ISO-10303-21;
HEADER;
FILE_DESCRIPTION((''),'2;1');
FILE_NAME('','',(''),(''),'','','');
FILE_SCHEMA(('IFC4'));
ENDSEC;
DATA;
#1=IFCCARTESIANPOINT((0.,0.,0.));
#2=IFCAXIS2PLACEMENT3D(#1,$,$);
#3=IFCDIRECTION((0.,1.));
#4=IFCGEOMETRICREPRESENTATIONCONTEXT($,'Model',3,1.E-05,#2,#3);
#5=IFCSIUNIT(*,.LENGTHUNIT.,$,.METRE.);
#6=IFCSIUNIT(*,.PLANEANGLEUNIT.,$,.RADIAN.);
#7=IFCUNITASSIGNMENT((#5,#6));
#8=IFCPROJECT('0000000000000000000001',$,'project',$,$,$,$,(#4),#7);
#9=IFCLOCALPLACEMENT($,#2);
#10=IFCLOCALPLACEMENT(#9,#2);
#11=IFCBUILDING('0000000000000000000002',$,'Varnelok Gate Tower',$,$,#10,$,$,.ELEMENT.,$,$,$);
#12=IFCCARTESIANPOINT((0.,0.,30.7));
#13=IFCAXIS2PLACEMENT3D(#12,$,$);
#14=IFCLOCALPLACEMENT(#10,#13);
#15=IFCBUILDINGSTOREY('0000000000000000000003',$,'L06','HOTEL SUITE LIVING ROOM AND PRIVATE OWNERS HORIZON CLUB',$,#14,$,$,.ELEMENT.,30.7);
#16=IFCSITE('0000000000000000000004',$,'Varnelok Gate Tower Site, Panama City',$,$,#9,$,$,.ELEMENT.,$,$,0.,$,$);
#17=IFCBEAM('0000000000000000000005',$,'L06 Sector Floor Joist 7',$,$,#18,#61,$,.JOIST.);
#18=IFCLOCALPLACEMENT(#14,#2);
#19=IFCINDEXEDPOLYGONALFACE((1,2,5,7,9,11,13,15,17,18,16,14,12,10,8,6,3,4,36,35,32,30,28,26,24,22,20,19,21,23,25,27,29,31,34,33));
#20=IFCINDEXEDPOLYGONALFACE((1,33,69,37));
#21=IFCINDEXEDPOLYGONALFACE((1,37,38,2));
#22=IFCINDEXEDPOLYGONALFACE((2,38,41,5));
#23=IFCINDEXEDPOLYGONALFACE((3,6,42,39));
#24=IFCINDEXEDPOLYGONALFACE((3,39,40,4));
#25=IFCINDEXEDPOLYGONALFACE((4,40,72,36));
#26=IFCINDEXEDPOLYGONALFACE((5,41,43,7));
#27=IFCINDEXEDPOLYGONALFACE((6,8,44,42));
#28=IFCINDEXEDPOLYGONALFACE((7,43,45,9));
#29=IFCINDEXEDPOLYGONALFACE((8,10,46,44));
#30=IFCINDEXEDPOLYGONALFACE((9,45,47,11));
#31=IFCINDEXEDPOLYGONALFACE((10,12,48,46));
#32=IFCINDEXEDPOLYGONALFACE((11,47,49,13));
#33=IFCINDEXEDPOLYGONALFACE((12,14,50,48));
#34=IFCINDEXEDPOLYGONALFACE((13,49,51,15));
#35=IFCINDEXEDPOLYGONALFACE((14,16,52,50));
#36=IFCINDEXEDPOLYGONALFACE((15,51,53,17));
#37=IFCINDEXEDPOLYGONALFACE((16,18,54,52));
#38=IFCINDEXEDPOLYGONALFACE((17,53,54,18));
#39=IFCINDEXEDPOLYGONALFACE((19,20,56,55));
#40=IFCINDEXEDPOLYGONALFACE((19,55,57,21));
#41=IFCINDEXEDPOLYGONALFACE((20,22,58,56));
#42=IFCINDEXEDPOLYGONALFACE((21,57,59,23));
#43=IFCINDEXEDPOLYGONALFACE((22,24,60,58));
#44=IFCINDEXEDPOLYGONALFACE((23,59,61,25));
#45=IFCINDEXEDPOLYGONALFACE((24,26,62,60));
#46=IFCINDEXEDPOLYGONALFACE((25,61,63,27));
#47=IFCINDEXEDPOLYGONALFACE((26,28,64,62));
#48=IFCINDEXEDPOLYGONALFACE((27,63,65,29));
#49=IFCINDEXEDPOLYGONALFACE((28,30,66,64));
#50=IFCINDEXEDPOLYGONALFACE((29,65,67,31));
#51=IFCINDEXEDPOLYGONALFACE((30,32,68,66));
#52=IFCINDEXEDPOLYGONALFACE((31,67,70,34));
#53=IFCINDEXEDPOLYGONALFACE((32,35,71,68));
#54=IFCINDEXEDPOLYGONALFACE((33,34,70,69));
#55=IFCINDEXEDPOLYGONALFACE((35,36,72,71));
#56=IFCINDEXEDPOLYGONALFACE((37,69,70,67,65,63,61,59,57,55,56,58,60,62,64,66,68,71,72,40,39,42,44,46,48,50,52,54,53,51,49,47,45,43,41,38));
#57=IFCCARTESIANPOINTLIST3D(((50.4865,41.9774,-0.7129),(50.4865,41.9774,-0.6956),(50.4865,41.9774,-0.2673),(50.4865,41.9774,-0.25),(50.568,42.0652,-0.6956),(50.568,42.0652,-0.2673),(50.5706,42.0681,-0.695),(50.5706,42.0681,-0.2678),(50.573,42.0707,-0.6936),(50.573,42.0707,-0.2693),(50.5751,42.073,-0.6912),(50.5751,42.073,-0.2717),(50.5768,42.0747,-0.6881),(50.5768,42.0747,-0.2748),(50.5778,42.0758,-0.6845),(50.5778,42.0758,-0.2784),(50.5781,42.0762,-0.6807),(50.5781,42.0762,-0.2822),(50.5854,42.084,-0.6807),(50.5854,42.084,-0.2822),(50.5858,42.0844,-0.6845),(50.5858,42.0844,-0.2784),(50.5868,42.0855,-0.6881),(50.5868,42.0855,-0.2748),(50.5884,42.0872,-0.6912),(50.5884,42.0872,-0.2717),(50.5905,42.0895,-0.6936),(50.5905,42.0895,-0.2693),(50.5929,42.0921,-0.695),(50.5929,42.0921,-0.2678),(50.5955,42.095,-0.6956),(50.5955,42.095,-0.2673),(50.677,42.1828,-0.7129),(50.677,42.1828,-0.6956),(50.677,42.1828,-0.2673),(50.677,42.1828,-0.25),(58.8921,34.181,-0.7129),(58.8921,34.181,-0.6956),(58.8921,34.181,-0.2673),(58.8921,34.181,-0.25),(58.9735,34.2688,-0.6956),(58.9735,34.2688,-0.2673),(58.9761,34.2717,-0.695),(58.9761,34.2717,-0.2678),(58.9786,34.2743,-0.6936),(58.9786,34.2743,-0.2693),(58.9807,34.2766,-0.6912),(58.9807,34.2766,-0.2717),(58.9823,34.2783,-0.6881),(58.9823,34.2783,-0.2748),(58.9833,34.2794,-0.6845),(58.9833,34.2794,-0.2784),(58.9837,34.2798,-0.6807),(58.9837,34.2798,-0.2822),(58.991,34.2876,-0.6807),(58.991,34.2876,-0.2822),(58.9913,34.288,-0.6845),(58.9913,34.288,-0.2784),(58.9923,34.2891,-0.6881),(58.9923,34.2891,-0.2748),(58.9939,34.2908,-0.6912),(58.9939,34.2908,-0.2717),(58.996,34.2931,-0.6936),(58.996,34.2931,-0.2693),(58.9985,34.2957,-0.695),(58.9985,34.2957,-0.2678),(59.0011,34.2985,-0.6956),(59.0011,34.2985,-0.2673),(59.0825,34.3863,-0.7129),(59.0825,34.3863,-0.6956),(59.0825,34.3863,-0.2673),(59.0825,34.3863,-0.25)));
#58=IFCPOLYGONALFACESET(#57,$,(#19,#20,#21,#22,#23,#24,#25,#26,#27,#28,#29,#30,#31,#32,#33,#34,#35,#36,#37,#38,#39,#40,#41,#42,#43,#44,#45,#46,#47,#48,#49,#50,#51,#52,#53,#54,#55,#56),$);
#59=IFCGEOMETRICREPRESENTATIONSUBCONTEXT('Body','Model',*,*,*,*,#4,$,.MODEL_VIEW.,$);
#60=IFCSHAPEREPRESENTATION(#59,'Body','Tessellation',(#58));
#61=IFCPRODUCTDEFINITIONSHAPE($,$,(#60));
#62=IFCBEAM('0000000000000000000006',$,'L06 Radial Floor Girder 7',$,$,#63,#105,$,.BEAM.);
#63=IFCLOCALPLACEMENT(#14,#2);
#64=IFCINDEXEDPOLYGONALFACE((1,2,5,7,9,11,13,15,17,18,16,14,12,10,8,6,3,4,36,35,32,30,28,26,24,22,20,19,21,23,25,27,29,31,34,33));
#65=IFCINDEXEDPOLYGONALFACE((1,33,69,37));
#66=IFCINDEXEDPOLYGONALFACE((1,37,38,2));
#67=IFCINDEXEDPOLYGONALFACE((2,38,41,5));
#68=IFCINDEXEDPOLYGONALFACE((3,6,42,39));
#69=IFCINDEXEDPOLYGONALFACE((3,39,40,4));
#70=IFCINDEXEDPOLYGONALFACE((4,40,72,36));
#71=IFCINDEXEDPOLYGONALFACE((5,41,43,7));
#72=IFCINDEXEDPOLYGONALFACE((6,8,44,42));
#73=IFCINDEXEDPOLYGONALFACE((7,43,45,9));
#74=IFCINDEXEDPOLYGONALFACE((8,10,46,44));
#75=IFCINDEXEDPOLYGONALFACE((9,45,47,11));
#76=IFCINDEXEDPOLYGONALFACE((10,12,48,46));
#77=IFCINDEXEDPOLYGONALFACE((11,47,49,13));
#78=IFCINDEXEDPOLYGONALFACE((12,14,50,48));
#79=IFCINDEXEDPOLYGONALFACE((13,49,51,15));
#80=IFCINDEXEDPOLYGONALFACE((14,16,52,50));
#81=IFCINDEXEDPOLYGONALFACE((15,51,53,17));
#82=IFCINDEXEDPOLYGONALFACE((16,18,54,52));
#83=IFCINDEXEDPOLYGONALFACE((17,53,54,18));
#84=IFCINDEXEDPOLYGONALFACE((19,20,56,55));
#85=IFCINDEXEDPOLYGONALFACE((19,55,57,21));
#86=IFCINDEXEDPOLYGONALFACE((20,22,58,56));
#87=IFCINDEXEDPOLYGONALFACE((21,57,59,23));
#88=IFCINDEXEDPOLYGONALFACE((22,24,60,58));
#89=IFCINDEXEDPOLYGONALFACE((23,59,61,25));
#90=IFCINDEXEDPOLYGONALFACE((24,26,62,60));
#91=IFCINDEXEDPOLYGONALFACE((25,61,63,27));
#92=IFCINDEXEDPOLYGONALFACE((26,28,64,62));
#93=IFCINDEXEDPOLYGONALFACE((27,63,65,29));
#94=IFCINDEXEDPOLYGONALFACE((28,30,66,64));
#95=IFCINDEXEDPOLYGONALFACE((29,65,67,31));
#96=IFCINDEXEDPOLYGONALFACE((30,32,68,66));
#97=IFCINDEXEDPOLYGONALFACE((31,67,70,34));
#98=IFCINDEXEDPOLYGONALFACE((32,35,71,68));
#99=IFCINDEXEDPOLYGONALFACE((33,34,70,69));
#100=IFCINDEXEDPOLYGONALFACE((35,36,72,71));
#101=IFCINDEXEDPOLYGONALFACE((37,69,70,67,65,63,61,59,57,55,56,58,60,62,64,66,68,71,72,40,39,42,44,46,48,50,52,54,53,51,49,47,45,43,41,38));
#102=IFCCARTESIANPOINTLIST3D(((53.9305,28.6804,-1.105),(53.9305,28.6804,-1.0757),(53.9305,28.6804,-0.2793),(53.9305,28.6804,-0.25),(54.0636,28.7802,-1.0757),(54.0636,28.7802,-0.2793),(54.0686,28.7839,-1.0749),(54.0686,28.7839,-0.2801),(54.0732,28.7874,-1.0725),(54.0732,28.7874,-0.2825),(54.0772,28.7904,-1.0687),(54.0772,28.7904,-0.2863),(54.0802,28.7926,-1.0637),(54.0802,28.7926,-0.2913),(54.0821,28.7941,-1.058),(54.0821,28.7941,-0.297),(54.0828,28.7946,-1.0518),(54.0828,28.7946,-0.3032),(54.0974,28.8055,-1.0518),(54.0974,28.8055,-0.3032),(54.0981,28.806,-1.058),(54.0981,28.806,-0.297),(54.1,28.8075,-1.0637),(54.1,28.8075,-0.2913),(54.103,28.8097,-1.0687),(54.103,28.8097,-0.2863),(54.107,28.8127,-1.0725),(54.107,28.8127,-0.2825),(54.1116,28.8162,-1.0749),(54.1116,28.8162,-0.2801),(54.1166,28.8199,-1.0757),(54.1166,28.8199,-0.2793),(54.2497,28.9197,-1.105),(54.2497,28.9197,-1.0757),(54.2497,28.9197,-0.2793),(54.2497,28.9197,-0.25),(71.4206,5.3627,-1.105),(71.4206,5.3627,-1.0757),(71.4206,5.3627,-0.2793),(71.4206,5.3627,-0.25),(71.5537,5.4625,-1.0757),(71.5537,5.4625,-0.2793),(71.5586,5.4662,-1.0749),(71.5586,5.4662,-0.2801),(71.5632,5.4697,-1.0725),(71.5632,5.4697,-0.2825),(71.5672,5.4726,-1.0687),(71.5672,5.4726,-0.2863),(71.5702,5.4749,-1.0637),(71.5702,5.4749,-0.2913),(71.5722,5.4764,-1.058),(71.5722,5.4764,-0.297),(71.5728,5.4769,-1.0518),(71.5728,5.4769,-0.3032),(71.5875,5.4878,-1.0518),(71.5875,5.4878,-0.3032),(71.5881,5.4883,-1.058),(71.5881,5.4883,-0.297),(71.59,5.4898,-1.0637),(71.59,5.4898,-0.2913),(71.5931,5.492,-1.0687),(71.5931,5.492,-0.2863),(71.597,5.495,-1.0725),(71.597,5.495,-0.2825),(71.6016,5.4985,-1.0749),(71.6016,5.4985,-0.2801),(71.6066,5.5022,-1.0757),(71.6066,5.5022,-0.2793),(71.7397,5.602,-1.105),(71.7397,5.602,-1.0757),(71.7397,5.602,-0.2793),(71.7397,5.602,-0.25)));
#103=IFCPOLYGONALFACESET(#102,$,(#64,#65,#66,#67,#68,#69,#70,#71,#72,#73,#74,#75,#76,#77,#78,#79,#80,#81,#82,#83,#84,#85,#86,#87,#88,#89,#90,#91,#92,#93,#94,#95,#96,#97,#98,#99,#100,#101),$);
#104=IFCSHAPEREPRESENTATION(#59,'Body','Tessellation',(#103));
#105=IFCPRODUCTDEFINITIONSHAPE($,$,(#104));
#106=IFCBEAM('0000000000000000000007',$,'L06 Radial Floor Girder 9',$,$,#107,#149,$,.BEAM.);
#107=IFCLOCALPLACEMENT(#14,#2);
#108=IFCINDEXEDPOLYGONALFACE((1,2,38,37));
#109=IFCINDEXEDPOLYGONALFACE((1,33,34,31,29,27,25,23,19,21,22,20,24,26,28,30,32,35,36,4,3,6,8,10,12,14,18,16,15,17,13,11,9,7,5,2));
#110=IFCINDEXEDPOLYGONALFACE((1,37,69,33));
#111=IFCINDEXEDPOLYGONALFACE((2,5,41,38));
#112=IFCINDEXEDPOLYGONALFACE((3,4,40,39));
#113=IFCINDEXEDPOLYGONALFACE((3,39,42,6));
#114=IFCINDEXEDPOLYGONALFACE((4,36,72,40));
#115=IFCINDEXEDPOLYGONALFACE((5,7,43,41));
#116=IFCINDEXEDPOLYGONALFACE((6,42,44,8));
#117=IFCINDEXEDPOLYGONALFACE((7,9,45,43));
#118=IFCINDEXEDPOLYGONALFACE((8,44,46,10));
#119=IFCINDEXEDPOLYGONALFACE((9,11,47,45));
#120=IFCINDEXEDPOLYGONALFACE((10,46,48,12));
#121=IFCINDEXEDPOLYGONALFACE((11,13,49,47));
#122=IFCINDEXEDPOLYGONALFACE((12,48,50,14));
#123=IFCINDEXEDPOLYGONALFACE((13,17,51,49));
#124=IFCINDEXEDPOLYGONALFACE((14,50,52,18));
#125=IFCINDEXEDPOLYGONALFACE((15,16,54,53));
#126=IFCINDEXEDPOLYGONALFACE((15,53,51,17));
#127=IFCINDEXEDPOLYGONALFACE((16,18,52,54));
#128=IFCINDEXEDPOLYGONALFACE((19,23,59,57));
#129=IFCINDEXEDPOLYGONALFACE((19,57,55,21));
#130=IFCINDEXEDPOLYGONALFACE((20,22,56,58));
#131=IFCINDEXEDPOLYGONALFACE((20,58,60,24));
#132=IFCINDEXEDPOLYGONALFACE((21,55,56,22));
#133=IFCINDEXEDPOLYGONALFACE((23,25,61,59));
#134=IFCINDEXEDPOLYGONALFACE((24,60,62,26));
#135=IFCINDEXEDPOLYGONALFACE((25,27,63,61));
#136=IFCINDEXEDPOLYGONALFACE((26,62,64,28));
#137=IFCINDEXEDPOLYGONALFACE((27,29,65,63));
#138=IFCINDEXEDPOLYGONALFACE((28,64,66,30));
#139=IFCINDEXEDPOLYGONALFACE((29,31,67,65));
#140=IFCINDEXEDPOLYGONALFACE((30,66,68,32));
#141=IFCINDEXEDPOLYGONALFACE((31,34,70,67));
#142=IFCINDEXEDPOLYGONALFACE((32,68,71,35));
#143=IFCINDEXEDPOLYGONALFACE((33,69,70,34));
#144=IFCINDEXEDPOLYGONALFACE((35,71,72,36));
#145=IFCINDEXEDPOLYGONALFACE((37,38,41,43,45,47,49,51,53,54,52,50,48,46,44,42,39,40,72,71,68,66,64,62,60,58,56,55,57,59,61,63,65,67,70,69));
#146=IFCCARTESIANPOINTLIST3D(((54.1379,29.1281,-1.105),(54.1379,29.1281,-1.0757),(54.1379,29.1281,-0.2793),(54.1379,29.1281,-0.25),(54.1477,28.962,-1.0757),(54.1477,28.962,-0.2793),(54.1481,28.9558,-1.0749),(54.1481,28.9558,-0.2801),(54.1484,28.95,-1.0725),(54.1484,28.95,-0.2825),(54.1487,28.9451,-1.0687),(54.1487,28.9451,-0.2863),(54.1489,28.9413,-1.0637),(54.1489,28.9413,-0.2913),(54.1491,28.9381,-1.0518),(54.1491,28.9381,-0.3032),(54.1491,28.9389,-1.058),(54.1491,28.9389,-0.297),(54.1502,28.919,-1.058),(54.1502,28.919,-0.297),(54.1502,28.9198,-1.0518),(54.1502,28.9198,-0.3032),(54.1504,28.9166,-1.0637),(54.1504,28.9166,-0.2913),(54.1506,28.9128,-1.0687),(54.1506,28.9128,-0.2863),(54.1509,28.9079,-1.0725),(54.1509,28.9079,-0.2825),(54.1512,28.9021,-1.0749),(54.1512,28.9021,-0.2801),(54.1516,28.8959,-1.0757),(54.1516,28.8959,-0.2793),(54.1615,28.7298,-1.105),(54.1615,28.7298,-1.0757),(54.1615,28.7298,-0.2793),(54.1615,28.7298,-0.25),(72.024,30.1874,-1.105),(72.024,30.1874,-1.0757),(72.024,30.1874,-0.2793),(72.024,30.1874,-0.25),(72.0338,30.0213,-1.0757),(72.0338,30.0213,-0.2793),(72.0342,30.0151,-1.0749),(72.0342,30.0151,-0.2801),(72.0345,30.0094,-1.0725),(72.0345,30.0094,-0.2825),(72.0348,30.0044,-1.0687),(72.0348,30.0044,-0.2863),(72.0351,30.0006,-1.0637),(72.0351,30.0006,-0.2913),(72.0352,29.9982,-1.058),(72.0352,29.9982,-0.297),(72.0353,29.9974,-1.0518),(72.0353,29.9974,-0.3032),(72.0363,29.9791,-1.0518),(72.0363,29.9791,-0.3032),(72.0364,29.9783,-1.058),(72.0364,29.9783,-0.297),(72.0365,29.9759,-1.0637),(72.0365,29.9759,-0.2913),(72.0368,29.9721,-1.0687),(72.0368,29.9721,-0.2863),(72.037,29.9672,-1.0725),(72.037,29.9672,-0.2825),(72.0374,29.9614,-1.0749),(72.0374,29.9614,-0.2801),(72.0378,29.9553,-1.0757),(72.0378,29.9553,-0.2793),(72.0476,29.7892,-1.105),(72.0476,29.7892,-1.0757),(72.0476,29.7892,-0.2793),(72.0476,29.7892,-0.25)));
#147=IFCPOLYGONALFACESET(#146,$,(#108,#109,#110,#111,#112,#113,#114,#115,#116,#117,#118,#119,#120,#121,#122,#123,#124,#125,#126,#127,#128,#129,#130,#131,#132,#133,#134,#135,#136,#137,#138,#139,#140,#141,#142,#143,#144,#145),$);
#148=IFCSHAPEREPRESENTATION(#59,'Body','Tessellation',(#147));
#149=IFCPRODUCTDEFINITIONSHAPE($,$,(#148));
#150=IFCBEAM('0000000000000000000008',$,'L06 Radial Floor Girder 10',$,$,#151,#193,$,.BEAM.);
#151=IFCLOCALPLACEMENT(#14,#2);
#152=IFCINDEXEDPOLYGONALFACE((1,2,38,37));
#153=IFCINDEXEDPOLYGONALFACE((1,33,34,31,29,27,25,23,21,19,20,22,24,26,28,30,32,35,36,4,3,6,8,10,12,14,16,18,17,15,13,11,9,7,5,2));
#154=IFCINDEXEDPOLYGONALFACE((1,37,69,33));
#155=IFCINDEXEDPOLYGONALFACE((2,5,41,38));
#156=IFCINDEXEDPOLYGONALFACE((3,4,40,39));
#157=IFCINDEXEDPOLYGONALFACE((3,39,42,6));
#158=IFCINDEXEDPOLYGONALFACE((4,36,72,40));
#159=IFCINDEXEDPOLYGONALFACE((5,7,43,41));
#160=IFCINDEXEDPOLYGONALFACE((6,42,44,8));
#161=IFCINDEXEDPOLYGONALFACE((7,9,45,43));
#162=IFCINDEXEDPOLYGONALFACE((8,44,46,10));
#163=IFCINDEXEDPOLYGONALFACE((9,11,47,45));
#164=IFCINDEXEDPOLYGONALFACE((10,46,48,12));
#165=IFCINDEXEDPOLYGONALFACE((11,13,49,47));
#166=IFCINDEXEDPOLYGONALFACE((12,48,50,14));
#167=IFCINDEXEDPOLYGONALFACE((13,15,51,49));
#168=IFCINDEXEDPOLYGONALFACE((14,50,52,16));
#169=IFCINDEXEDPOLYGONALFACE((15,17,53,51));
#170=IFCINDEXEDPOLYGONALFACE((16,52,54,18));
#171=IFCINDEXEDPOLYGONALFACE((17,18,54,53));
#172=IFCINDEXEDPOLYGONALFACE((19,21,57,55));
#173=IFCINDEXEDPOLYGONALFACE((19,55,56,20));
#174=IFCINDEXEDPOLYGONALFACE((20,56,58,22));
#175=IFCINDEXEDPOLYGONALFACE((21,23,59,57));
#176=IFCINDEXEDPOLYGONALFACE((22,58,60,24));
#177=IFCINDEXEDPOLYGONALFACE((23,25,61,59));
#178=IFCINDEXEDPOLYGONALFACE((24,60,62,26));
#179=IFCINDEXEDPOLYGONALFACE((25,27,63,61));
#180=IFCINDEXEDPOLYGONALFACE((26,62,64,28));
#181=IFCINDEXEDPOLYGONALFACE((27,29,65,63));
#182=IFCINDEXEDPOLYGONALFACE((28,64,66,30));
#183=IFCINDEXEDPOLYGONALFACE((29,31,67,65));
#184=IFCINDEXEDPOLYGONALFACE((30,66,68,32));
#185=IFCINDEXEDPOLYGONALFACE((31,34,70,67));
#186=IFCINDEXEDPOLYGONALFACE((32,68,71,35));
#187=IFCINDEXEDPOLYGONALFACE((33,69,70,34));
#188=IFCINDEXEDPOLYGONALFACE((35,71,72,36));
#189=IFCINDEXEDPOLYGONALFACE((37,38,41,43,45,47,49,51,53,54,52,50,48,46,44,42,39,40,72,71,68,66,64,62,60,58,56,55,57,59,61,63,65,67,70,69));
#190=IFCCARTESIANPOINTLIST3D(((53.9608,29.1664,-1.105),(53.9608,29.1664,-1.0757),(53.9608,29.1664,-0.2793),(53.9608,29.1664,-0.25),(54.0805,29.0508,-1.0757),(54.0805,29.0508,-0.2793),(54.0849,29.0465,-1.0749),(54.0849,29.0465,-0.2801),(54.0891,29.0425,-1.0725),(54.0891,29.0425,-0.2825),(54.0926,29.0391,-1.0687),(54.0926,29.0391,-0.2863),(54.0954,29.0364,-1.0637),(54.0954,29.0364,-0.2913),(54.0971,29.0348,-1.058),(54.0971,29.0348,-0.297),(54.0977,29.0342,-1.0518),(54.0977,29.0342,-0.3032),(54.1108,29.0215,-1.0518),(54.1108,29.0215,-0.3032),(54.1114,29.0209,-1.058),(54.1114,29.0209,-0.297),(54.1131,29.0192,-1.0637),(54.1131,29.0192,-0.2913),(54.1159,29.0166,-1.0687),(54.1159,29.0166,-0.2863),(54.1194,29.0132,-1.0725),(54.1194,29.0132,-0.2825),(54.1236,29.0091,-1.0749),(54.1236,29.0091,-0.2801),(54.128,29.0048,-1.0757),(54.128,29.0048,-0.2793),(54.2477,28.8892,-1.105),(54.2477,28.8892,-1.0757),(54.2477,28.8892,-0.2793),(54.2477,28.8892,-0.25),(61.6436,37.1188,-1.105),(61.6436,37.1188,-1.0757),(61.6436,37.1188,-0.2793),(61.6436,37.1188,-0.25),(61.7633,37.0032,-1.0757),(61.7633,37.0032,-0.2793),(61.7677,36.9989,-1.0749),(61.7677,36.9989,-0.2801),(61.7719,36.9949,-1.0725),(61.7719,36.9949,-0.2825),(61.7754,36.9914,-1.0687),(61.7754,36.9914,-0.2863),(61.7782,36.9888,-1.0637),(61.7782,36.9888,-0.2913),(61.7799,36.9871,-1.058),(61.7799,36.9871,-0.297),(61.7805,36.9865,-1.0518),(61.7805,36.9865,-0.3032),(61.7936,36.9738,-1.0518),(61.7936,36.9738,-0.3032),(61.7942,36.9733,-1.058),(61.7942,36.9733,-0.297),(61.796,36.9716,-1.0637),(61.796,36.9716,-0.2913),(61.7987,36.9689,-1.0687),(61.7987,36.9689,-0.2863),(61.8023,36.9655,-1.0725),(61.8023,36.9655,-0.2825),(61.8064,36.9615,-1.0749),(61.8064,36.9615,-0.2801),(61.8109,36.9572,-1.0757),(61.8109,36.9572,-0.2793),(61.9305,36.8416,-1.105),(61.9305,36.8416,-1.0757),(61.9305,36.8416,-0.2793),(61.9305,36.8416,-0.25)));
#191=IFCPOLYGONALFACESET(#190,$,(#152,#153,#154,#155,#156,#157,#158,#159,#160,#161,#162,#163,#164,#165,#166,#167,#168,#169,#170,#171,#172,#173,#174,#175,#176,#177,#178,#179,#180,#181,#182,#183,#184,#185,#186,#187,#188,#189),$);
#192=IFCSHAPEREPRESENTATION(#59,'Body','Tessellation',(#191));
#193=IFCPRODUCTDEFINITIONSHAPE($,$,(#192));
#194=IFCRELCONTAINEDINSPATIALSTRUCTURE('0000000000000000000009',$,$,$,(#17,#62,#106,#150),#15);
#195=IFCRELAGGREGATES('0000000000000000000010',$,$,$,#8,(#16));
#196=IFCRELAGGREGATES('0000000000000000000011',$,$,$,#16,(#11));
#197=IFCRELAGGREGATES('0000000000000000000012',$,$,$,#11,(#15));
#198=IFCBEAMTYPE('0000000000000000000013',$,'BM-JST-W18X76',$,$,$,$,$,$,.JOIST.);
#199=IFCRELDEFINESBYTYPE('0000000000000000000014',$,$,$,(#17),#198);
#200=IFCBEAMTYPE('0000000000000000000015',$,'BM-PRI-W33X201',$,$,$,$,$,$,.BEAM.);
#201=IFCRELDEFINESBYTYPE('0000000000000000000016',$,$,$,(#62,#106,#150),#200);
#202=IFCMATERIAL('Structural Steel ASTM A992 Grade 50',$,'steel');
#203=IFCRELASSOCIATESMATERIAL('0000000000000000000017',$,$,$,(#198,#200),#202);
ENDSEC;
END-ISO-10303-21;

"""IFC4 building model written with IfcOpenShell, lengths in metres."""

from ifc_helpers import new_model, si_unit, direction, frame, origin, origin_2d, place, context, subcontext, project, spatial, i_section, extrude, material, material_profile, profile_set, type_object, element, save


model = new_model("IFC4")

# Units and contexts
model_context = context("Model", 3, precision=1e-05, world=origin(), true_north=direction((0.0, 1.0)))
body_context = subcontext(model_context, "Body", "Model", "MODEL_VIEW")
ifc_project = project(units=[si_unit("LENGTHUNIT", "METRE"), si_unit("PLANEANGLEUNIT", "RADIAN")], contexts=[model_context])

# Site, building, storey
site_placement = place(None, origin())
site = spatial("IfcSite", under=ifc_project, at=site_placement, Name="Varnelok Gate Tower Site, Panama City", CompositionType="ELEMENT", RefElevation=0.0)
building_placement = place(site_placement, origin())
building = spatial("IfcBuilding", under=site, at=building_placement, Name="Varnelok Gate Tower", CompositionType="ELEMENT")
storey_placement = place(building_placement, frame((0.0, 0.0, 30.7)))
storey = spatial("IfcBuildingStorey", under=building, at=storey_placement, Name="L06", Description="HOTEL SUITE LIVING ROOM AND PRIVATE OWNERS HORIZON CLUB", CompositionType="ELEMENT", Elevation=30.7)

# Shared definitions
ifc_material_1 = material(Name="Structural Steel ASTM A992 Grade 50", Category="steel")

# Beams
ifc_material_profile_1 = material_profile(ifc_material_1, i_section(OverallWidth=0.28, OverallDepth=0.4629, WebThickness=0.0107, FlangeThickness=0.0173, FilletRadius=0.0149, at=origin_2d()), Name="W18X76")
ifc_profile_set_1 = profile_set([ifc_material_profile_1], Name="Structural Steel ASTM A992 Grade 50")
beam_type_1 = type_object("IfcBeamType", Name="BM-JST-W18X76", PredefinedType="JOIST", material=ifc_profile_set_1)
beam_1_placement = place(storey_placement, frame((58.9873, 34.2837, -0.4814), z_axis=(-0.733173, 0.680042, 0.0), x_axis=(-0.680042, -0.733173, 0.0)))
element("IfcBeam", 1, at=beam_1_placement, inside=storey, type_object=beam_type_1, Name="L06 Sector Floor Joist 7", PredefinedType="JOIST", context=body_context, shape_type="SweptSolid", body=[
    extrude(i_section(OverallWidth=0.28, OverallDepth=0.4629, WebThickness=0.0107, FlangeThickness=0.0173, FilletRadius=0.0149, at=origin_2d()), origin(), (0.0, 0.0, 1.0), 11.4646),
])
ifc_material_profile_2 = material_profile(ifc_material_1, i_section(OverallWidth=0.3989, OverallDepth=0.855, WebThickness=0.0183, FlangeThickness=0.0293, FilletRadius=0.0239, at=origin_2d()), Name="W33X201")
ifc_profile_set_2 = profile_set([ifc_material_profile_2], Name="Structural Steel ASTM A992 Grade 50")
beam_type_2 = type_object("IfcBeamType", Name="BM-PRI-W33X201", PredefinedType="BEAM", material=ifc_profile_set_2)
beam_2_placement = place(storey_placement, frame((54.0901, 28.8, -0.6775), z_axis=(0.600039, -0.799971, 0.0), x_axis=(0.799971, 0.600039, 0.0)))
element("IfcBeam", 2, at=beam_2_placement, inside=storey, type_object=beam_type_2, Name="L06 Radial Floor Girder 7", PredefinedType="BEAM", context=body_context, shape_type="SweptSolid", body=[
    extrude(i_section(OverallWidth=0.3989, OverallDepth=0.855, WebThickness=0.0183, FlangeThickness=0.0293, FilletRadius=0.0239, at=origin_2d()), origin(), (0.0, 0.0, 1.0), 29.1482),
])
beam_3_placement = place(storey_placement, frame((54.1497, 28.929, -0.6775), z_axis=(0.998251, 0.059122, 0.0), x_axis=(-0.059122, 0.998251, 0.0)))
element("IfcBeam", 3, at=beam_3_placement, inside=storey, type_object=beam_type_2, Name="L06 Radial Floor Girder 9", PredefinedType="BEAM", context=body_context, shape_type="SweptSolid", body=[
    extrude(i_section(OverallWidth=0.3989, OverallDepth=0.855, WebThickness=0.0183, FlangeThickness=0.0293, FilletRadius=0.0239, at=origin_2d()), origin(), (0.0, 0.0, 1.0), 17.9175),
])
beam_4_placement = place(storey_placement, frame((54.1042, 29.0278, -0.6775), z_axis=(0.694814, 0.71919, 0.0), x_axis=(-0.71919, 0.694814, 0.0)))
element("IfcBeam", 4, at=beam_4_placement, inside=storey, type_object=beam_type_2, Name="L06 Radial Floor Girder 10", PredefinedType="BEAM", context=body_context, shape_type="SweptSolid", body=[
    extrude(i_section(OverallWidth=0.3989, OverallDepth=0.855, WebThickness=0.0183, FlangeThickness=0.0293, FilletRadius=0.0239, at=origin_2d()), origin(), (0.0, 0.0, 1.0), 11.0574),
])

save(model, "model.ifc")
